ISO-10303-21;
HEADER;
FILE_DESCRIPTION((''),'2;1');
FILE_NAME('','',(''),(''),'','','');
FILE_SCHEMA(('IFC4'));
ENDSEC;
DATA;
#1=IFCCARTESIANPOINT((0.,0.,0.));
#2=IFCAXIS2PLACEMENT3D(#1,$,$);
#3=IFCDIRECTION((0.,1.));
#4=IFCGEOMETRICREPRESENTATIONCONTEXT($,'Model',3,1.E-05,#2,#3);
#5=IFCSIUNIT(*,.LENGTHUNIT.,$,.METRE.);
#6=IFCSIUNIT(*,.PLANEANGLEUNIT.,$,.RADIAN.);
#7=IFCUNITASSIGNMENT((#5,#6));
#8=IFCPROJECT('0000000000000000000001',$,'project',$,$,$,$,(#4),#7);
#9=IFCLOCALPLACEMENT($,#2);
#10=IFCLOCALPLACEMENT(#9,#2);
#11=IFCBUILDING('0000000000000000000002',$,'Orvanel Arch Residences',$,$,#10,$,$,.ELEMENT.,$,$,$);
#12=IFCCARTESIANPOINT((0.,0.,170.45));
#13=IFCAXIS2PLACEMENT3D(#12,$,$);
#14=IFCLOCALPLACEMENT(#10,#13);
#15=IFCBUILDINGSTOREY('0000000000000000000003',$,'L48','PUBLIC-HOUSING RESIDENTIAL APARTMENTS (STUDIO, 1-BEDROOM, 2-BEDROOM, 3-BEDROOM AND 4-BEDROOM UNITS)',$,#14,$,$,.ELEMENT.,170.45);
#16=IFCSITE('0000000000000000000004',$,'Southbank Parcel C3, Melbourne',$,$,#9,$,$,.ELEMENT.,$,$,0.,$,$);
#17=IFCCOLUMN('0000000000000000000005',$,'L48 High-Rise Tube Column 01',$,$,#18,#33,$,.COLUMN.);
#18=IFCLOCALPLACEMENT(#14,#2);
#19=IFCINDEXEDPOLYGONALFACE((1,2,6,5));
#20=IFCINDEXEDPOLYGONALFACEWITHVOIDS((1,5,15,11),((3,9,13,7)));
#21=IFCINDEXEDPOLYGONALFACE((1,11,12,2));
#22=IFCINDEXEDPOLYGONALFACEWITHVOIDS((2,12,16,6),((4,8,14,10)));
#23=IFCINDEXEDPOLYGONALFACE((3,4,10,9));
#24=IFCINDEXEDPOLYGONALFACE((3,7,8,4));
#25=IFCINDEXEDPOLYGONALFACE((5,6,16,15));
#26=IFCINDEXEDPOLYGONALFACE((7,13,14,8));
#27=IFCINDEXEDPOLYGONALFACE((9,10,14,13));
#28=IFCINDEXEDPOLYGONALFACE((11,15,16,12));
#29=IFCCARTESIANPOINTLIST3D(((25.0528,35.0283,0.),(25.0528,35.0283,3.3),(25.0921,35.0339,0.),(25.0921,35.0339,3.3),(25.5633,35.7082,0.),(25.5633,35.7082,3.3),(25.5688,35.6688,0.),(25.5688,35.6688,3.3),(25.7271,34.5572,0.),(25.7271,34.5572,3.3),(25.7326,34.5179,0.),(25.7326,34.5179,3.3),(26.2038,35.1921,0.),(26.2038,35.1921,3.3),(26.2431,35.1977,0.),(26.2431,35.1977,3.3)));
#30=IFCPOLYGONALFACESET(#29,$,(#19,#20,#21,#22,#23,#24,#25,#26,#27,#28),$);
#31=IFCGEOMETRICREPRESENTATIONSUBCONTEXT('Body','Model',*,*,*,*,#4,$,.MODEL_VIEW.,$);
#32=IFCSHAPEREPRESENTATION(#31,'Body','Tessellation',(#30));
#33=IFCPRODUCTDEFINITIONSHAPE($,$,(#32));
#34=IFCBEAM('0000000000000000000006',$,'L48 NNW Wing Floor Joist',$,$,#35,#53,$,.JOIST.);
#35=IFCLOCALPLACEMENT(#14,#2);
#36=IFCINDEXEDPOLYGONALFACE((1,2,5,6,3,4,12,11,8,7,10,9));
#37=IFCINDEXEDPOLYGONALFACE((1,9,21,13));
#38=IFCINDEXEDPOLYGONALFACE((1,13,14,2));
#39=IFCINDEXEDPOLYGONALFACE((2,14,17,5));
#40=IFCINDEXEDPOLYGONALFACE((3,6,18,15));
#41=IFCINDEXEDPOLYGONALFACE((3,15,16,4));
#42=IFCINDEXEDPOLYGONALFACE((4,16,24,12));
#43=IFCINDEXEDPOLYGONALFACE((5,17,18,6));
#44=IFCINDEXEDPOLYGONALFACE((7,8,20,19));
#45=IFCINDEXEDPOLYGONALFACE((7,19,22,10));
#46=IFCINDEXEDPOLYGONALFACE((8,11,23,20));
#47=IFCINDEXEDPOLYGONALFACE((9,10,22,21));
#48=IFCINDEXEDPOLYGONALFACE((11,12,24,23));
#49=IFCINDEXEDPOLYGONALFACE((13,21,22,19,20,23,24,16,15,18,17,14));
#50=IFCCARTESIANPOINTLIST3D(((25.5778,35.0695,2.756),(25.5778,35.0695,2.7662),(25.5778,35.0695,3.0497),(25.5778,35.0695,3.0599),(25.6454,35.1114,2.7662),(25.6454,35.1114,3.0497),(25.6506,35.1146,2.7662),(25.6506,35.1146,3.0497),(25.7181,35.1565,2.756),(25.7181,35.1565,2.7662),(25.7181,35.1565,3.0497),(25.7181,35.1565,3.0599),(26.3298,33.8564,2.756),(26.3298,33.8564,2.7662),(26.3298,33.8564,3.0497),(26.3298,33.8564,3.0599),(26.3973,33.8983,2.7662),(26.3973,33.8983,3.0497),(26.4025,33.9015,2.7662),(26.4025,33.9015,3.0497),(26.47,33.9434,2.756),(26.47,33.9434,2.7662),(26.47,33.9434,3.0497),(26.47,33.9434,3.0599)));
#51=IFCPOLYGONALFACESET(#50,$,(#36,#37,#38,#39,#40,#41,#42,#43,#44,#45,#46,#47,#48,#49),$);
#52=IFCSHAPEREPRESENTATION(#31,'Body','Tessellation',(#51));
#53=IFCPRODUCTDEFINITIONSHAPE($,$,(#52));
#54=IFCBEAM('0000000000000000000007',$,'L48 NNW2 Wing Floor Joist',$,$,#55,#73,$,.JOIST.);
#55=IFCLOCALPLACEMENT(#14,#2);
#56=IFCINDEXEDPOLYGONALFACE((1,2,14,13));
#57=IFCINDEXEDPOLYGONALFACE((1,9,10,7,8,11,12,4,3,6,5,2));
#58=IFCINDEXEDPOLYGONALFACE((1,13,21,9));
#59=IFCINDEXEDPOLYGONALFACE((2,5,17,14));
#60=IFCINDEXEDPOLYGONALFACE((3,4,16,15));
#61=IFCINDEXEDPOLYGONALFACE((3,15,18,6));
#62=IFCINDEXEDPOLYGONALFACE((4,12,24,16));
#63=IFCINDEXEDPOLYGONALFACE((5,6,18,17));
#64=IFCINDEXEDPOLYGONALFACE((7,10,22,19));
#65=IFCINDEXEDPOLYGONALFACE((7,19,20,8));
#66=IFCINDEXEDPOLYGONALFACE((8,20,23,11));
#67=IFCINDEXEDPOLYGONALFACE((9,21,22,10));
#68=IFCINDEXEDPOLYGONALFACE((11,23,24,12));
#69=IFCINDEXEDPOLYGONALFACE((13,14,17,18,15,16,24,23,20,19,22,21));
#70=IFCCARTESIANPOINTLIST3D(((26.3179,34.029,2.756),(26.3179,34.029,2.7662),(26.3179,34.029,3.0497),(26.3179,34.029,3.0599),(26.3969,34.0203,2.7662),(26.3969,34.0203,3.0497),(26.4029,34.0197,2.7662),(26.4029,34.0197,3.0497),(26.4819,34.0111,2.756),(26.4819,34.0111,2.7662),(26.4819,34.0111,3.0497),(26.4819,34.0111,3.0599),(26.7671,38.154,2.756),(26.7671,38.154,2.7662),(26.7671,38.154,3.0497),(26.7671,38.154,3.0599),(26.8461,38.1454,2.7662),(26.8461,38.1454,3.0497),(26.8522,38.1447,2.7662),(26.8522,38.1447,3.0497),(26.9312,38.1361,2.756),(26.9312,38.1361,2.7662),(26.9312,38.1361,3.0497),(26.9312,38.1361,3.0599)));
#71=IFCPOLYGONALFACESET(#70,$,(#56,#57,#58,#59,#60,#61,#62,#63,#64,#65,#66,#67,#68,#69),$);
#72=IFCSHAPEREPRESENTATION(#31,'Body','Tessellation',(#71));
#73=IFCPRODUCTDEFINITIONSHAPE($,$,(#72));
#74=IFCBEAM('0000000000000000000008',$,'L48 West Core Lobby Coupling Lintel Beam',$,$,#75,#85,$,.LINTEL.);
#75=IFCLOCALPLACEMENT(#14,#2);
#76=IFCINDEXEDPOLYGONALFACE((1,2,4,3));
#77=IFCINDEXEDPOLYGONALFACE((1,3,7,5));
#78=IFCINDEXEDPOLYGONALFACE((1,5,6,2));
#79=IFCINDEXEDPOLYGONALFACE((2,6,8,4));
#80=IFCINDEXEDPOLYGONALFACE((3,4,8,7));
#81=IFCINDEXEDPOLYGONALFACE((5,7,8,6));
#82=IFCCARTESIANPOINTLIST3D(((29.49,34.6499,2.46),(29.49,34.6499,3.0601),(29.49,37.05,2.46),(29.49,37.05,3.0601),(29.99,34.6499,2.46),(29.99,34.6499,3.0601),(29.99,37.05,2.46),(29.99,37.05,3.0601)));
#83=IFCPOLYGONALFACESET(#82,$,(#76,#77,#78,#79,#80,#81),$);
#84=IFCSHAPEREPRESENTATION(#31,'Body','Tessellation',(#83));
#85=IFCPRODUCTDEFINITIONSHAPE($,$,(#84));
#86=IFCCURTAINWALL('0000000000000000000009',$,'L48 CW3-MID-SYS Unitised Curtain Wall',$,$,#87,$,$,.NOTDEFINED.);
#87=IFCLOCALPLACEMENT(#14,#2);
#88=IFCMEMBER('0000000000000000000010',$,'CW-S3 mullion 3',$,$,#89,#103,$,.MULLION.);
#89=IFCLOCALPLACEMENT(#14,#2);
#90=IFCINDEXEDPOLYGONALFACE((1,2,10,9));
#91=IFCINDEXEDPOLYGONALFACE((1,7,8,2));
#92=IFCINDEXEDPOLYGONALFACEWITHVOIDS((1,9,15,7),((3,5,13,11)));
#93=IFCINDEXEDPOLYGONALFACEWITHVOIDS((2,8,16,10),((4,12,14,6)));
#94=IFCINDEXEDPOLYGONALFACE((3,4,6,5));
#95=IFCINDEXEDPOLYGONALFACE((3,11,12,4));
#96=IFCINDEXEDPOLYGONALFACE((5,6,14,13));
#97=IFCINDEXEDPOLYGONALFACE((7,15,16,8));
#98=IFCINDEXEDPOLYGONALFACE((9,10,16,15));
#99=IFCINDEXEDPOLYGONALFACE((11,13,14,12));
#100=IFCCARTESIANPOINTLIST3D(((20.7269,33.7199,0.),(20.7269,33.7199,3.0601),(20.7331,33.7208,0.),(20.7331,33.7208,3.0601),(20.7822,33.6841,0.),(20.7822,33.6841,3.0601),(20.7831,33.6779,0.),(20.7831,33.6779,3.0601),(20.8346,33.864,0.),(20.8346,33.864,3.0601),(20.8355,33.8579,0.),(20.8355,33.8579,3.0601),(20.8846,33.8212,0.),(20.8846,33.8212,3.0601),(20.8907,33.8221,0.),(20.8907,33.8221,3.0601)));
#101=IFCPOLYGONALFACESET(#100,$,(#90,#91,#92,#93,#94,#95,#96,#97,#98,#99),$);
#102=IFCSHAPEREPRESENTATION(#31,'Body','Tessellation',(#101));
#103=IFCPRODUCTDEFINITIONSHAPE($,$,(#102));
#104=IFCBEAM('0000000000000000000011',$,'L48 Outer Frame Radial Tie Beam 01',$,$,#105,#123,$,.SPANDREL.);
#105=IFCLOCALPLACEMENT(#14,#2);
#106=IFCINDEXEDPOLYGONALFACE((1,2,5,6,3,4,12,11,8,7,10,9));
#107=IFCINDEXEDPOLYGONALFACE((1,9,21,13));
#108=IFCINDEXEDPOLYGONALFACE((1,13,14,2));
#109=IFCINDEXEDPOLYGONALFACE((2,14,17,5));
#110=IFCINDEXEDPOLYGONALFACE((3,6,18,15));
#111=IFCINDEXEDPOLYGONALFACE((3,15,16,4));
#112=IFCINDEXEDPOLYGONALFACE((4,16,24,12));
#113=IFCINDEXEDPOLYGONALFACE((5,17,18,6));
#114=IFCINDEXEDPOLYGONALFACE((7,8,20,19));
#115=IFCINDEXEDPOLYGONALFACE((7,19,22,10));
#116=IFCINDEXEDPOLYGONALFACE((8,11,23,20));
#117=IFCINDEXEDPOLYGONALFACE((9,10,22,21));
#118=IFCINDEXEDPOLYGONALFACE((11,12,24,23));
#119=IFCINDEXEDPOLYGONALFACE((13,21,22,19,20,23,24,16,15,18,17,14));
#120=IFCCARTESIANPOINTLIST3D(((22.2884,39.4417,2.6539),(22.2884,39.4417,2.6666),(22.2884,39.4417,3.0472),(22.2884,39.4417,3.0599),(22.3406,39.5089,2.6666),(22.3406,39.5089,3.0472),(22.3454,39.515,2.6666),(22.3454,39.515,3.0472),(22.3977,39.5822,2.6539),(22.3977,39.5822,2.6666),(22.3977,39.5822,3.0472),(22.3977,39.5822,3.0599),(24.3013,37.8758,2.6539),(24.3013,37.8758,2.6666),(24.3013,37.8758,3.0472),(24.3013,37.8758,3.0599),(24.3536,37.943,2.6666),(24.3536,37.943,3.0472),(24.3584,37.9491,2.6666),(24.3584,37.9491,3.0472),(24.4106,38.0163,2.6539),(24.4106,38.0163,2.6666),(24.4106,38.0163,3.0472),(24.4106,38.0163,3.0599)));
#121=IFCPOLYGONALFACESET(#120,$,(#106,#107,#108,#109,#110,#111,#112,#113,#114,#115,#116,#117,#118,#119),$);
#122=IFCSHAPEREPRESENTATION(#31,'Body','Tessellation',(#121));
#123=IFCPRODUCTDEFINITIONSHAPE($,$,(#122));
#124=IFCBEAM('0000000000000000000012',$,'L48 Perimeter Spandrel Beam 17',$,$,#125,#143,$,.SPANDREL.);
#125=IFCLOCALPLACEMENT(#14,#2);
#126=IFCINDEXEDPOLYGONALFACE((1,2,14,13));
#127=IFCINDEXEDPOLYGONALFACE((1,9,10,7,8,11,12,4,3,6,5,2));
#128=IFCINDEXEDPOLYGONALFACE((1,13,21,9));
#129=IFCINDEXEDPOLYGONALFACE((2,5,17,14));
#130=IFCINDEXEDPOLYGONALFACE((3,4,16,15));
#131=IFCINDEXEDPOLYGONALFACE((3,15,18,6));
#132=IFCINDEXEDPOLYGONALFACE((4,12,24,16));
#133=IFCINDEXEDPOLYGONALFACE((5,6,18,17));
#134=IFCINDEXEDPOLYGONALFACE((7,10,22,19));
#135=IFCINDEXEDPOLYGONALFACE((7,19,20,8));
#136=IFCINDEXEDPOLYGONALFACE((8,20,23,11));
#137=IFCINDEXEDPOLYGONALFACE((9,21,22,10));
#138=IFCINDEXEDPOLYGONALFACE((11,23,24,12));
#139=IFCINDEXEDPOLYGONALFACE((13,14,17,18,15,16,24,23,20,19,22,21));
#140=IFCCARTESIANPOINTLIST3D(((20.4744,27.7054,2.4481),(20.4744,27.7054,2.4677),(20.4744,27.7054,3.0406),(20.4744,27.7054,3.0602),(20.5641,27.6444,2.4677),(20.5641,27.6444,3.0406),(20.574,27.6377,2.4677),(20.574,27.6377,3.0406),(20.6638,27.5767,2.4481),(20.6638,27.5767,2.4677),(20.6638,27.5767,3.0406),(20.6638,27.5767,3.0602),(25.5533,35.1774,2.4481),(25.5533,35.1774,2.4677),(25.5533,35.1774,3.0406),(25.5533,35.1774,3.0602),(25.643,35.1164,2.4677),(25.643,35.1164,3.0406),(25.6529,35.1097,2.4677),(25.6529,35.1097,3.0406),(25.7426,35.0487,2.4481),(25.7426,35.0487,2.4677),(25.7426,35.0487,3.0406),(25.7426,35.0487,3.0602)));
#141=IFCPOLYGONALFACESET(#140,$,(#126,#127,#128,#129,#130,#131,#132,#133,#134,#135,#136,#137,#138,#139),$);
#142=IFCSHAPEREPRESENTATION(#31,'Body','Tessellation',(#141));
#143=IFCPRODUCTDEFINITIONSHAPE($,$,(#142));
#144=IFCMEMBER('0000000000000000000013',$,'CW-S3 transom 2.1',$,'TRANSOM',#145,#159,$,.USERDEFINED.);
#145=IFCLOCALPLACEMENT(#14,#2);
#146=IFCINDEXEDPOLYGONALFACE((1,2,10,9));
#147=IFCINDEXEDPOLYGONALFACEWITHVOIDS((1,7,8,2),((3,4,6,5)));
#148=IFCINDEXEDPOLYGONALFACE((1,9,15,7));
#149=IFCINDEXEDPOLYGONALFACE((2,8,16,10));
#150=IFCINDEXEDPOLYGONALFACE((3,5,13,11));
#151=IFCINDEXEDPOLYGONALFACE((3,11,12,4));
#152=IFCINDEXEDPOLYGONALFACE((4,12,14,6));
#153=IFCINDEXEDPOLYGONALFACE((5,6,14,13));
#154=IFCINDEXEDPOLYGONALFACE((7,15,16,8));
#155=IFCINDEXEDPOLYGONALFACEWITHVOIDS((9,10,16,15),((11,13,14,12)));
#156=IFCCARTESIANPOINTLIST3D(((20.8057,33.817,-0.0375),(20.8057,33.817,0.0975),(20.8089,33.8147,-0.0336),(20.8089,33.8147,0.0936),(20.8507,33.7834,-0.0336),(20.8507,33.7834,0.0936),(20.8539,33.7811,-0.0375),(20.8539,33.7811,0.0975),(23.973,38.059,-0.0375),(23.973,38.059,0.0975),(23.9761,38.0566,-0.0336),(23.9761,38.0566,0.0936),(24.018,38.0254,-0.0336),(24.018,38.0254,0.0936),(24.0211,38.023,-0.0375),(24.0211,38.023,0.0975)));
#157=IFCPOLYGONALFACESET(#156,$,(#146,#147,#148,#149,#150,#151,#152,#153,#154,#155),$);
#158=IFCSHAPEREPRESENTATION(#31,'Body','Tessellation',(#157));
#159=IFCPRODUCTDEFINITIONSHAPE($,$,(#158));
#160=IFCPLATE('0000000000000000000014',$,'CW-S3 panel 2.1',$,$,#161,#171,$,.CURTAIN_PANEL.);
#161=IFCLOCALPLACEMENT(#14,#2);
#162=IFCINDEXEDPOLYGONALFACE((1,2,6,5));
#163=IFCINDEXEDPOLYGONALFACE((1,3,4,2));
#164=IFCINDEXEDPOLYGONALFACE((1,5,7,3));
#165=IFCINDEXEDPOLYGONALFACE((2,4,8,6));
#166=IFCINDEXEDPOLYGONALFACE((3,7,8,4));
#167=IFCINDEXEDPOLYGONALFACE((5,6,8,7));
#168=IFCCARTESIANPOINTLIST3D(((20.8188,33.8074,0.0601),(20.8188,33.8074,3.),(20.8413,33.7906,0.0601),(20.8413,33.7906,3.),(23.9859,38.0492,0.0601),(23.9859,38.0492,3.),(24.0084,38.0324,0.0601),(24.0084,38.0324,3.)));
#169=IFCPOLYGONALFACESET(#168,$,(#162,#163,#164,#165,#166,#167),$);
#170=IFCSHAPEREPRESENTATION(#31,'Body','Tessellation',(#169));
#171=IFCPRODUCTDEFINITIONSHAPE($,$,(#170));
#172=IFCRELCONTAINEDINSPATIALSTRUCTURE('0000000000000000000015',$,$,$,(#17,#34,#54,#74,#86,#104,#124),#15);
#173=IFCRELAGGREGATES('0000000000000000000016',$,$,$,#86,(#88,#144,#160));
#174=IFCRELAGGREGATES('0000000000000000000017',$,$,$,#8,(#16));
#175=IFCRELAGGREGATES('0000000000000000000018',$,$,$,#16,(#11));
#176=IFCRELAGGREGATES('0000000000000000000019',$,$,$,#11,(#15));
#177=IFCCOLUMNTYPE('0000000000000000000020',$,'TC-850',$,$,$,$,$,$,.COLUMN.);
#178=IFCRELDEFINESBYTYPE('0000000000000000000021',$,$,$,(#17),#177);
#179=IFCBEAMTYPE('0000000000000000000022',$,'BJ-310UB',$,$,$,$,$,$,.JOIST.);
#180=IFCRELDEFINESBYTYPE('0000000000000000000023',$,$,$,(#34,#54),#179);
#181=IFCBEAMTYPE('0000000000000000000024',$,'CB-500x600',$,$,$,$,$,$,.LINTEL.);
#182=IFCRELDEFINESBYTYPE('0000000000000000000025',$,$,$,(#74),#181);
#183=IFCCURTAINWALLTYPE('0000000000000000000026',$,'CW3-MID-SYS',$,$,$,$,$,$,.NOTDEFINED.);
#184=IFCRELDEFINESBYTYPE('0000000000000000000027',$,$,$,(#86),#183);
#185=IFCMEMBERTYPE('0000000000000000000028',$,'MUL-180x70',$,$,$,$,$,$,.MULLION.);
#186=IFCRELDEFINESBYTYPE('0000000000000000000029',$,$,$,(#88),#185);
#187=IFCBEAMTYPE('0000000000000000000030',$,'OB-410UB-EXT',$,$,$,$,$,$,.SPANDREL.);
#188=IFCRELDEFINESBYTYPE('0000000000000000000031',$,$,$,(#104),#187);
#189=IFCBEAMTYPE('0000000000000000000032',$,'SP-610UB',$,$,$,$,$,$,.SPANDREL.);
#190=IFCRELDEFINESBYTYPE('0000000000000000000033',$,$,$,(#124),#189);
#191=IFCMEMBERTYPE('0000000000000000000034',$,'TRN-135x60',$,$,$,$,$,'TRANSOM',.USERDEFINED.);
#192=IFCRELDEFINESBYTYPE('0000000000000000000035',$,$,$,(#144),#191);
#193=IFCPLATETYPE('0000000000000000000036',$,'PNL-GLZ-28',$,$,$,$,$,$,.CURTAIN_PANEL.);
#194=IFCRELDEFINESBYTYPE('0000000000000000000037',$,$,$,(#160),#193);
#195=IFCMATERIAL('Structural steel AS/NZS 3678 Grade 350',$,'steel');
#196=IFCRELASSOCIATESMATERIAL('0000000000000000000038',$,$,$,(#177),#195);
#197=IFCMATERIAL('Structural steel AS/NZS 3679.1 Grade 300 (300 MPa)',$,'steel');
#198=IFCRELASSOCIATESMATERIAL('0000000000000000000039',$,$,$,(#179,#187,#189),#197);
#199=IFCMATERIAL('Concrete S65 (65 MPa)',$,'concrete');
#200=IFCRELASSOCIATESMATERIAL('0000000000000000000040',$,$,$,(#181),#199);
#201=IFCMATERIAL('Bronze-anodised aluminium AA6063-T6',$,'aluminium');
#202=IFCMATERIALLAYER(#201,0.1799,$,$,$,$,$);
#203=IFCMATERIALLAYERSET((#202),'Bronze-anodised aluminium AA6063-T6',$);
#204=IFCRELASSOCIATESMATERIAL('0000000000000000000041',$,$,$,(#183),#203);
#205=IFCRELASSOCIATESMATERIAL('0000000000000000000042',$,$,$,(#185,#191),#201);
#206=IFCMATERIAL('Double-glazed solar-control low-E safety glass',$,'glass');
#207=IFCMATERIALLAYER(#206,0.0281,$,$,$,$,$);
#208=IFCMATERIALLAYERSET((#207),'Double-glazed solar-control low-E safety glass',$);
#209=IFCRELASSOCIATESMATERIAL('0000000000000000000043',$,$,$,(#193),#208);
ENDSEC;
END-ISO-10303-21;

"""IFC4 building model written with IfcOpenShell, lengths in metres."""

from ifc_helpers import new_model, si_unit, direction, frame, origin, origin_2d, place, context, subcontext, project, spatial, rectangle, hollow_rectangle, i_section, extrude, material, layer, layer_set, material_profile, profile_set, type_object, element, aggregate, save


model = new_model("IFC4")

# Units and contexts
model_context = context("Model", 3, precision=1e-05, world=origin(), true_north=direction((0.0, 1.0)))
body_context = subcontext(model_context, "Body", "Model", "MODEL_VIEW")
ifc_project = project(units=[si_unit("LENGTHUNIT", "METRE"), si_unit("PLANEANGLEUNIT", "RADIAN")], contexts=[model_context])

# Site, building, storey
site_placement = place(None, origin())
site = spatial("IfcSite", under=ifc_project, at=site_placement, Name="Southbank Parcel C3, Melbourne", CompositionType="ELEMENT", RefElevation=0.0)
building_placement = place(site_placement, origin())
building = spatial("IfcBuilding", under=site, at=building_placement, Name="Orvanel Arch Residences", CompositionType="ELEMENT")
storey_placement = place(building_placement, frame((0.0, 0.0, 170.45)))
storey = spatial("IfcBuildingStorey", under=building, at=storey_placement, Name="L48", Description="PUBLIC-HOUSING RESIDENTIAL APARTMENTS (STUDIO, 1-BEDROOM, 2-BEDROOM, 3-BEDROOM AND 4-BEDROOM UNITS)", CompositionType="ELEMENT", Elevation=170.45)

# Column
ifc_material_1 = material(Name="Structural steel AS/NZS 3678 Grade 350", Category="steel")
ifc_material_profile_1 = material_profile(ifc_material_1, hollow_rectangle(XDim=0.8501, YDim=0.8501, WallThickness=0.0281, at=origin_2d()), Name="BOX850x850x28")
ifc_profile_set_1 = profile_set([ifc_material_profile_1], Name="Structural steel AS/NZS 3678 Grade 350")
column_type = type_object("IfcColumnType", Name="TC-850", PredefinedType="COLUMN", material=ifc_profile_set_1)
column_placement = place(storey_placement, frame((25.6479, 35.113, 0.0), z_axis=(0.0, 0.0, 1.0), x_axis=(0.60042, 0.799685, 0.0)))
element("IfcColumn", 1, at=column_placement, inside=storey, type_object=column_type, Name="L48 High-Rise Tube Column 01", PredefinedType="COLUMN", context=body_context, shape_type="SweptSolid", body=[
    extrude(hollow_rectangle(XDim=0.8501, YDim=0.8501, WallThickness=0.0281, at=origin_2d()), origin(), (0.0, 0.0, 1.0), 3.3),
])

# Beams
ifc_material_2 = material(Name="Structural steel AS/NZS 3679.1 Grade 300 (300 MPa)", Category="steel")
ifc_material_profile_2 = material_profile(ifc_material_2, i_section(OverallWidth=0.165, OverallDepth=0.304, WebThickness=0.0061, FlangeThickness=0.0103, at=origin_2d()), Name="310UB40.4")
ifc_profile_set_2 = profile_set([ifc_material_profile_2], Name="Structural steel AS/NZS 3679.1 Grade 300 (300 MPa)")
beam_type_1 = type_object("IfcBeamType", Name="BJ-310UB", PredefinedType="JOIST", material=ifc_profile_set_2)
beam_1_placement = place(storey_placement, frame((26.3999, 33.8999, 2.908), z_axis=(-0.526843, 0.849962, 0.0), x_axis=(-0.849962, -0.526843, 0.0)))
element("IfcBeam", 2, at=beam_1_placement, inside=storey, type_object=beam_type_1, Name="L48 NNW Wing Floor Joist", PredefinedType="JOIST", context=body_context, shape_type="SweptSolid", body=[
    extrude(i_section(OverallWidth=0.165, OverallDepth=0.304, WebThickness=0.0061, FlangeThickness=0.0103, at=origin_2d()), origin(), (0.0, 0.0, 1.0), 1.4272),
])
beam_2_placement = place(storey_placement, frame((26.3999, 34.02, 2.908), z_axis=(0.108261, 0.994122, 0.0), x_axis=(-0.994122, 0.108261, 0.0)))
element("IfcBeam", 3, at=beam_2_placement, inside=storey, type_object=beam_type_1, Name="L48 NNW2 Wing Floor Joist", PredefinedType="JOIST", context=body_context, shape_type="SweptSolid", body=[
    extrude(i_section(OverallWidth=0.165, OverallDepth=0.304, WebThickness=0.0061, FlangeThickness=0.0103, at=origin_2d()), origin(), (0.0, 0.0, 1.0), 4.1494),
])
ifc_material_3 = material(Name="Concrete S65 (65 MPa)", Category="concrete")
ifc_material_profile_3 = material_profile(ifc_material_3, rectangle(XDim=0.5, YDim=0.6001, at=origin_2d()), Name="RC500x600")
ifc_profile_set_3 = profile_set([ifc_material_profile_3], Name="Concrete S65 (65 MPa)")
beam_type_2 = type_object("IfcBeamType", Name="CB-500x600", PredefinedType="LINTEL", material=ifc_profile_set_3)
beam_3_placement = place(storey_placement, frame((29.74, 34.6499, 2.76), z_axis=(0.0, 1.0, 0.0), x_axis=(-1.0, 0.0, 0.0)))
element("IfcBeam", 4, at=beam_3_placement, inside=storey, type_object=beam_type_2, Name="L48 West Core Lobby Coupling Lintel Beam", PredefinedType="LINTEL", context=body_context, shape_type="SweptSolid", body=[
    extrude(rectangle(XDim=0.5, YDim=0.6001, at=origin_2d()), origin(), (0.0, 0.0, 1.0), 2.4001),
])

# Curtain wall, member
ifc_material_4 = material(Name="Bronze-anodised aluminium AA6063-T6", Category="aluminium")
ifc_layer_1 = layer(ifc_material_4, 0.1799)
ifc_layer_set_1 = layer_set([ifc_layer_1], Name="Bronze-anodised aluminium AA6063-T6")
curtain_wall_type = type_object("IfcCurtainWallType", Name="CW3-MID-SYS", PredefinedType="NOTDEFINED", material=ifc_layer_set_1)
curtain_wall_placement = place(storey_placement, origin())
curtain_wall = element("IfcCurtainWall", 5, at=curtain_wall_placement, inside=storey, type_object=curtain_wall_type, Name="L48 CW3-MID-SYS Unitised Curtain Wall", PredefinedType="NOTDEFINED")
ifc_material_profile_4 = material_profile(ifc_material_4, hollow_rectangle(XDim=0.0701, YDim=0.1799, WallThickness=0.0044, at=origin_2d()), Name="ALU180x70x4.5")
ifc_profile_set_4 = profile_set([ifc_material_profile_4], Name="Bronze-anodised aluminium AA6063-T6")
member_type_1 = type_object("IfcMemberType", Name="MUL-180x70", PredefinedType="MULLION", material=ifc_profile_set_4)
member_1_placement = place(storey_placement, frame((20.8088, 33.771, 0.0), z_axis=(0.0, 0.0, 1.0), x_axis=(0.801287, -0.59828, 0.0)))
member_1 = element("IfcMember", 6, at=member_1_placement, type_object=member_type_1, Name="CW-S3 mullion 3", PredefinedType="MULLION", context=body_context, shape_type="SweptSolid", body=[
    extrude(hollow_rectangle(XDim=0.0701, YDim=0.1799, WallThickness=0.0044, at=origin_2d()), origin(), (0.0, 0.0, 1.0), 3.0601),
])

# Beams
ifc_material_profile_5 = material_profile(ifc_material_2, i_section(OverallWidth=0.178, OverallDepth=0.406, WebThickness=0.0078, FlangeThickness=0.0127, at=origin_2d()), Name="410UB59.7")
ifc_profile_set_5 = profile_set([ifc_material_profile_5], Name="Structural steel AS/NZS 3679.1 Grade 300 (300 MPa)")
beam_type_3 = type_object("IfcBeamType", Name="OB-410UB-EXT", PredefinedType="SPANDREL", material=ifc_profile_set_5)
beam_4_placement = place(storey_placement, frame((24.356, 37.946, 2.8569), z_axis=(-0.789296, 0.614014, 0.0), x_axis=(-0.614014, -0.789296, 0.0)))
element("IfcBeam", 7, at=beam_4_placement, inside=storey, type_object=beam_type_3, Name="L48 Outer Frame Radial Tie Beam 01", PredefinedType="SPANDREL", context=body_context, shape_type="SweptSolid", body=[
    extrude(i_section(OverallWidth=0.178, OverallDepth=0.406, WebThickness=0.0078, FlangeThickness=0.0127, at=origin_2d()), origin(), (0.0, 0.0, 1.0), 2.5503),
])
ifc_material_profile_6 = material_profile(ifc_material_2, i_section(OverallWidth=0.229, OverallDepth=0.6121, WebThickness=0.012, FlangeThickness=0.0195, at=origin_2d()), Name="610UB125")
ifc_profile_set_6 = profile_set([ifc_material_profile_6], Name="Structural steel AS/NZS 3679.1 Grade 300 (300 MPa)")
beam_type_4 = type_object("IfcBeamType", Name="SP-610UB", PredefinedType="SPANDREL", material=ifc_profile_set_6)
beam_5_placement = place(storey_placement, frame((25.6479, 35.113, 2.7542), z_axis=(-0.562155, -0.827032, 0.0), x_axis=(0.827032, -0.562155, 0.0)))
element("IfcBeam", 8, at=beam_5_placement, inside=storey, type_object=beam_type_4, Name="L48 Perimeter Spandrel Beam 17", PredefinedType="SPANDREL", context=body_context, shape_type="SweptSolid", body=[
    extrude(i_section(OverallWidth=0.229, OverallDepth=0.6121, WebThickness=0.012, FlangeThickness=0.0195, at=origin_2d()), origin(), (0.0, 0.0, 1.0), 9.0347),
])

# Member
ifc_material_profile_7 = material_profile(ifc_material_4, hollow_rectangle(XDim=0.0601, YDim=0.135, WallThickness=0.0039, at=origin_2d()), Name="ALU135x60x4")
ifc_profile_set_7 = profile_set([ifc_material_profile_7], Name="Bronze-anodised aluminium AA6063-T6")
member_type_2 = type_object("IfcMemberType", Name="TRN-135x60", ElementType="TRANSOM", PredefinedType="USERDEFINED", material=ifc_profile_set_7)
member_2_placement = place(storey_placement, frame((23.9971, 38.041, 0.03), z_axis=(-0.598279, -0.801288, 0.0), x_axis=(0.801288, -0.598279, 0.0)))
member_2 = element("IfcMember", 9, at=member_2_placement, type_object=member_type_2, Name="CW-S3 transom 2.1", ObjectType="TRANSOM", PredefinedType="USERDEFINED", context=body_context, shape_type="SweptSolid", body=[
    extrude(hollow_rectangle(XDim=0.0601, YDim=0.135, WallThickness=0.0039, at=origin_2d()), origin(), (0.0, 0.0, 1.0), 5.2939),
])

# Plate
ifc_material_5 = material(Name="Double-glazed solar-control low-E safety glass", Category="glass")
ifc_layer_2 = layer(ifc_material_5, 0.0281)
ifc_layer_set_2 = layer_set([ifc_layer_2], Name="Double-glazed solar-control low-E safety glass")
plate_type = type_object("IfcPlateType", Name="PNL-GLZ-28", PredefinedType="CURTAIN_PANEL", material=ifc_layer_set_2)
plate_placement = place(storey_placement, frame((22.4136, 35.9199, 0.0601), z_axis=(0.0, 0.0, 1.0), x_axis=(-0.59828, -0.801287, 0.0)))
plate = element("IfcPlate", 10, at=plate_placement, type_object=plate_type, Name="CW-S3 panel 2.1", PredefinedType="CURTAIN_PANEL", context=body_context, shape_type="SweptSolid", body=[
    extrude(rectangle(XDim=5.2937, YDim=0.0281, at=origin_2d()), origin(), (0.0, 0.0, 1.0), 2.9399),
])
aggregate(curtain_wall, [member_1, member_2, plate])

save(model, "model.ifc")
